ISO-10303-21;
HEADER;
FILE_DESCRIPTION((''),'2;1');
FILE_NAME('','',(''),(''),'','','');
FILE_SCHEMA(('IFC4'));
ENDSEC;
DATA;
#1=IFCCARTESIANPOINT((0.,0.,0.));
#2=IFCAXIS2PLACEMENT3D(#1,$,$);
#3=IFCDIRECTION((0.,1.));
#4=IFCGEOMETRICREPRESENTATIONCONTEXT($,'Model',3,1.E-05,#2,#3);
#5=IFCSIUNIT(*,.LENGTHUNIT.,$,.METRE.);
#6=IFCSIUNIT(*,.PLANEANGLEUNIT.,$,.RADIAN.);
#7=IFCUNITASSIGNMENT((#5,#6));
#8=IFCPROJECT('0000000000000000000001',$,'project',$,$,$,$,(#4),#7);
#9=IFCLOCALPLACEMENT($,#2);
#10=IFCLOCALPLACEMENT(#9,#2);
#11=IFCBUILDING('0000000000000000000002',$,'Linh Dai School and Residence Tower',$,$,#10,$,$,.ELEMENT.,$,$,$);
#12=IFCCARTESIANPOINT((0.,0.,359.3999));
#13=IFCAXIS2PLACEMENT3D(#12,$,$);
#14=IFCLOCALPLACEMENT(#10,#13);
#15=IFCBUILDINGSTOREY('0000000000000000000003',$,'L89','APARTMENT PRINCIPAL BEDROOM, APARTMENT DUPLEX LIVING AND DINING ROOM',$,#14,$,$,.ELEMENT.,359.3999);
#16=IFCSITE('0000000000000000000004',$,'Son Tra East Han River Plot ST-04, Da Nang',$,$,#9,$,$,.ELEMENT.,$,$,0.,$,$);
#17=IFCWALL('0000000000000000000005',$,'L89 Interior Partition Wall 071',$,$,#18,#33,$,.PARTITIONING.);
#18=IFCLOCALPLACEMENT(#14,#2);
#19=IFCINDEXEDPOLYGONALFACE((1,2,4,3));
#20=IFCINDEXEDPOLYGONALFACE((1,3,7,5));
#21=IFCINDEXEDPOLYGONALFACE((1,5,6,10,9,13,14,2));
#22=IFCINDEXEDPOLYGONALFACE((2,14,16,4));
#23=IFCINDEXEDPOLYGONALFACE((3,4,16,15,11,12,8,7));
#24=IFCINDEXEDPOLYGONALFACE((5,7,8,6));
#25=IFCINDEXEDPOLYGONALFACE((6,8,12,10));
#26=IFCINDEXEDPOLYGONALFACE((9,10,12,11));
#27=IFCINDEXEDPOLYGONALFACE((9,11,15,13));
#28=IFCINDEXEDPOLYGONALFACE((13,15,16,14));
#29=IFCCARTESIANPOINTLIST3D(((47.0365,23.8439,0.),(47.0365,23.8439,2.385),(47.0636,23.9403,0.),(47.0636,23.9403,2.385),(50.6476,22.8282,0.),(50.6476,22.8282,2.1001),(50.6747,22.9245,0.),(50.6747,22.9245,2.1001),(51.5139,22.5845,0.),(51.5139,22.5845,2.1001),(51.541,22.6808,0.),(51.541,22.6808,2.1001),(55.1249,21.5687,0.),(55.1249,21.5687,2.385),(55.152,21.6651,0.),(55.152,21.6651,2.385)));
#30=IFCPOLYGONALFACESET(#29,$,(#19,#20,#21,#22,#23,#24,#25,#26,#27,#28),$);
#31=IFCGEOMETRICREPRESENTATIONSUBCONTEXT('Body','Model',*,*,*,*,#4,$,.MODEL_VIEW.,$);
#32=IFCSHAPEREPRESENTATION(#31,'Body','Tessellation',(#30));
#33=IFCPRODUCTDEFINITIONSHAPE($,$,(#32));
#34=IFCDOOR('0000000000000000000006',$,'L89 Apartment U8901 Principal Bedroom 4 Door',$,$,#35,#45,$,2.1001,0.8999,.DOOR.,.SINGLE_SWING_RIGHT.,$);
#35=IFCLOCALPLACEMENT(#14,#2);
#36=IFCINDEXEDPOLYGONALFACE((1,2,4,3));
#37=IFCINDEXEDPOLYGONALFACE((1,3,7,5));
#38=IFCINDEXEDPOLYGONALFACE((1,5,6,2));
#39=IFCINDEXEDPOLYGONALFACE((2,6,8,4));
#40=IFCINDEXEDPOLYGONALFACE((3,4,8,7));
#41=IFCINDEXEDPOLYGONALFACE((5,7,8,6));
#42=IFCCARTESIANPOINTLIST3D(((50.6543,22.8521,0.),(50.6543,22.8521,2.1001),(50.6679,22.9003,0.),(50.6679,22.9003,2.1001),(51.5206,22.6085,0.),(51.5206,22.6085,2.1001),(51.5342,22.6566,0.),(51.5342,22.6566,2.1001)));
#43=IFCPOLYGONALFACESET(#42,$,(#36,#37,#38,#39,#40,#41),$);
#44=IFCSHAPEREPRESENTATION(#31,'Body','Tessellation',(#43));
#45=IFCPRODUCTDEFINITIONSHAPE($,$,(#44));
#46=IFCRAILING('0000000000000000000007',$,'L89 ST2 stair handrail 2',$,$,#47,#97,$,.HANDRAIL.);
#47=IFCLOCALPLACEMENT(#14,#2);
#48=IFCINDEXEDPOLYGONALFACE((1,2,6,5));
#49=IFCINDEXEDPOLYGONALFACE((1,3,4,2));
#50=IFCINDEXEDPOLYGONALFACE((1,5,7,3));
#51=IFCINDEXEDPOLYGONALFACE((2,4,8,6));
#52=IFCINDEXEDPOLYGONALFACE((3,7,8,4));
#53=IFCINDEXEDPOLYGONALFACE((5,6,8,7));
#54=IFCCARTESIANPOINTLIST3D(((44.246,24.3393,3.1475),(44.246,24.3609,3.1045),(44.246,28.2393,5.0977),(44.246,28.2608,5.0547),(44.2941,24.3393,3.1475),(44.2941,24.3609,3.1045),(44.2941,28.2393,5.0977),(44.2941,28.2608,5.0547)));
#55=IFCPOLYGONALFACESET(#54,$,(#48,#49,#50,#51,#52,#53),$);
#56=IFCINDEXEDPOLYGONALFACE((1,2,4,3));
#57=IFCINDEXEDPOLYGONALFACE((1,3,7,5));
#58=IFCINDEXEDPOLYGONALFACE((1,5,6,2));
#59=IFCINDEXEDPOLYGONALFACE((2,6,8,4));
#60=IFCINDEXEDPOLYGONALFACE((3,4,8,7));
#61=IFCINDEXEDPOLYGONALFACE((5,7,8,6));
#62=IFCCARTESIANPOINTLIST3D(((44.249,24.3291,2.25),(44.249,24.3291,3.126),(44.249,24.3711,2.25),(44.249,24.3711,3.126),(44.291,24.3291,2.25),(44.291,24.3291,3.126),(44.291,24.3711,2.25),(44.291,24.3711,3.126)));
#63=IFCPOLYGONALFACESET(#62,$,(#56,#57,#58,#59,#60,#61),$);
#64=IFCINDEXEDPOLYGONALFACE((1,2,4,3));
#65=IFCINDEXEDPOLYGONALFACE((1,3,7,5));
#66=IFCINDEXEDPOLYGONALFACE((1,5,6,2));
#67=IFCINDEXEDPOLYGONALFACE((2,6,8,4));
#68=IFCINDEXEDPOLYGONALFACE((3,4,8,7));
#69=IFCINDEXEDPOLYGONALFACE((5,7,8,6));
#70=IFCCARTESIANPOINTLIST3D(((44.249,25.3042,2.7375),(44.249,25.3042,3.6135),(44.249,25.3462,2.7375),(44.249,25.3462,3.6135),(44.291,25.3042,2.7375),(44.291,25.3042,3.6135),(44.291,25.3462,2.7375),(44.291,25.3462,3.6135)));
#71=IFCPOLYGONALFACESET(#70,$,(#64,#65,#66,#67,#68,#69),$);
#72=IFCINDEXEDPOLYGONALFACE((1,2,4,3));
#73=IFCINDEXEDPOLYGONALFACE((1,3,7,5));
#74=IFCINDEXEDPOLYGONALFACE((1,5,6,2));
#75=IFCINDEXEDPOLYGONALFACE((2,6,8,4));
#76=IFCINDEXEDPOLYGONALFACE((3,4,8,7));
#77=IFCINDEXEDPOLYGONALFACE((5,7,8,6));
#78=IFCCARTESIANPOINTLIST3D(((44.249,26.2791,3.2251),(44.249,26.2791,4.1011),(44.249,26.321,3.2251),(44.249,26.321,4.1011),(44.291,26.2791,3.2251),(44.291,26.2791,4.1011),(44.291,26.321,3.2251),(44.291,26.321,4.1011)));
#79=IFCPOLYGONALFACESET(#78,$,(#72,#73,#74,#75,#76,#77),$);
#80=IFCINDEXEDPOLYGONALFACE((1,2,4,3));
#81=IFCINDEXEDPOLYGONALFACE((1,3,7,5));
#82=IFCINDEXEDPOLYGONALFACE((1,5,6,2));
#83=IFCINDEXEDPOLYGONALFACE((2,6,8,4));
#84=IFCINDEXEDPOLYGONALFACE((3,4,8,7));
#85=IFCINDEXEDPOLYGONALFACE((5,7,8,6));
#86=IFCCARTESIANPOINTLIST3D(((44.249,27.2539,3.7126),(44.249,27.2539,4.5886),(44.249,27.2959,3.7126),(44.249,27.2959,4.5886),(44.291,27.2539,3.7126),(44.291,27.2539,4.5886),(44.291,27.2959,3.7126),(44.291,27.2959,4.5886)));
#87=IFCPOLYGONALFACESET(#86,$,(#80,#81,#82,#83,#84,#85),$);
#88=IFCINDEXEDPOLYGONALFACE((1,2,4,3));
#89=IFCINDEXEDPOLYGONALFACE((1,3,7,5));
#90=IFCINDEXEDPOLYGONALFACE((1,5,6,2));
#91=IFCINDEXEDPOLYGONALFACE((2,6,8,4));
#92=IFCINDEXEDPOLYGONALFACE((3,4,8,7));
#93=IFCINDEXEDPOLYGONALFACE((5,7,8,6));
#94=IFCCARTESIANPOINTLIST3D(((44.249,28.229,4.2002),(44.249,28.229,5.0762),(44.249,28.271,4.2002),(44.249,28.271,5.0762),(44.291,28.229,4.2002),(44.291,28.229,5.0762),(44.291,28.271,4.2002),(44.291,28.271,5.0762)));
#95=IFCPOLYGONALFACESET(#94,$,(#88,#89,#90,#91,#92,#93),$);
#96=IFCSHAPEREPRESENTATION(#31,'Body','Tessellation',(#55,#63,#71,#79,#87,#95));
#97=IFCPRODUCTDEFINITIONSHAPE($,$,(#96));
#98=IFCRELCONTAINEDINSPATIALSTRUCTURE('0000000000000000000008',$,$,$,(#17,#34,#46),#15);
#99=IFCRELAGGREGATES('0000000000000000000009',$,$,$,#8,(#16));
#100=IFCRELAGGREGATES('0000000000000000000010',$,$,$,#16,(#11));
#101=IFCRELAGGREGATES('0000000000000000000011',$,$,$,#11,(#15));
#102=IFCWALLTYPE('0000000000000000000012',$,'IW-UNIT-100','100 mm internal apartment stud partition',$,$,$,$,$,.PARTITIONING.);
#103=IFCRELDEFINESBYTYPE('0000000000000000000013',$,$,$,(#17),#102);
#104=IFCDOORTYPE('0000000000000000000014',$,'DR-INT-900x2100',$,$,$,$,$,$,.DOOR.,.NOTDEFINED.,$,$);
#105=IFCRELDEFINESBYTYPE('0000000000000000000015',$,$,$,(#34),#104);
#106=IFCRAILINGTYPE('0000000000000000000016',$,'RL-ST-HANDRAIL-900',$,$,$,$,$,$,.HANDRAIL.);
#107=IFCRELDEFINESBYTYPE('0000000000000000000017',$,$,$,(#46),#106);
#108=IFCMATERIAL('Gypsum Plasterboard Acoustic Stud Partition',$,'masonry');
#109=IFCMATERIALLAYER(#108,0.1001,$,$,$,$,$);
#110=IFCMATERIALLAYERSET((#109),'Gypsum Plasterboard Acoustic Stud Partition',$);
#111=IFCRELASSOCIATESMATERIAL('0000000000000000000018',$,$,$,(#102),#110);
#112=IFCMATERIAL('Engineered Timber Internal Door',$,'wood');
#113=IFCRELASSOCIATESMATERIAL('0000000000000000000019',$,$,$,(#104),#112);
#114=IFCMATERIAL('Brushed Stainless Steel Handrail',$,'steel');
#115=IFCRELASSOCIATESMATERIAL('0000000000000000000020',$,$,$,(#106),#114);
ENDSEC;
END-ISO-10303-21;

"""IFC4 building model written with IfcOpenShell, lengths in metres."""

from ifc_helpers import new_model, si_unit, direction, frame, frame_2d, origin, origin_2d, place, context, subcontext, project, spatial, rectangle, extrude, source, transform, mapped, material, layer, layer_set, type_object, element, fill, save


model = new_model("IFC4")

# Units and contexts
model_context = context("Model", 3, precision=1e-05, world=origin(), true_north=direction((0.0, 1.0)))
body_context = subcontext(model_context, "Body", "Model", "MODEL_VIEW")
ifc_project = project(units=[si_unit("LENGTHUNIT", "METRE"), si_unit("PLANEANGLEUNIT", "RADIAN")], contexts=[model_context])

# Site, building, storey
site_placement = place(None, origin())
site = spatial("IfcSite", under=ifc_project, at=site_placement, Name="Son Tra East Han River Plot ST-04, Da Nang", CompositionType="ELEMENT", RefElevation=0.0)
building_placement = place(site_placement, origin())
building = spatial("IfcBuilding", under=site, at=building_placement, Name="Linh Dai School and Residence Tower", CompositionType="ELEMENT")
storey_placement = place(building_placement, frame((0.0, 0.0, 359.3999)))
storey = spatial("IfcBuildingStorey", under=building, at=storey_placement, Name="L89", Description="APARTMENT PRINCIPAL BEDROOM, APARTMENT DUPLEX LIVING AND DINING ROOM", CompositionType="ELEMENT", Elevation=359.3999)

# Wall, opening, door
ifc_material_1 = material(Name="Gypsum Plasterboard Acoustic Stud Partition", Category="masonry")
ifc_layer_1 = layer(ifc_material_1, 0.1001)
ifc_layer_set_1 = layer_set([ifc_layer_1], Name="Gypsum Plasterboard Acoustic Stud Partition")
wall_type_1 = type_object("IfcWallType", Name="IW-UNIT-100", Description="100 mm internal apartment stud partition", PredefinedType="PARTITIONING", material=ifc_layer_set_1)
wall_1_placement = place(storey_placement, frame((47.05, 23.8921, 0.0), z_axis=(0.0, 0.0, 1.0), x_axis=(0.962642, -0.270778, 0.0)))
wall_1 = element("IfcWall", 1, at=wall_1_placement, inside=storey, type_object=wall_type_1, Name="L89 Interior Partition Wall 071", PredefinedType="PARTITIONING", context=body_context, shape_type="SweptSolid", body=[
    extrude(rectangle(XDim=8.4023, YDim=0.1001, at=frame_2d((4.2012, 0.0))), origin(), (0.0, 0.0, 1.0), 2.385),
])
opening_1_placement = place(wall_1_placement, frame((3.7512, 0.0, 0.0)))
opening_1 = element("IfcOpeningElement", 2, at=opening_1_placement, cuts=wall_1, PredefinedType="OPENING", context=body_context, shape_type="SweptSolid", body=[
    extrude(rectangle(XDim=0.8999, YDim=2.1001, at=origin_2d()), frame((0.45, 0.0601, 1.05), z_axis=(0.0, -1.0, 0.0), x_axis=(1.0, 0.0, 0.0)), (0.0, 0.0, 1.0), 0.1201),
])
ifc_material_2 = material(Name="Engineered Timber Internal Door", Category="wood")
door_type_1 = type_object("IfcDoorType", Name="DR-INT-900x2100", OperationType="NOTDEFINED", PredefinedType="DOOR", material=ifc_material_2)
shared_shape_1 = source(origin(), body_context, "Body", "SweptSolid", [
    extrude(rectangle(XDim=0.8999, YDim=2.1001, at=origin_2d()), frame((0.45, 0.0249, 1.05), z_axis=(0.0, -1.0, 0.0), x_axis=(1.0, 0.0, 0.0)), (0.0, 0.0, 1.0), 0.05),
])
door_1_placement = place(opening_1_placement, origin())
door_1 = element("IfcDoor", 3, at=door_1_placement, inside=storey, type_object=door_type_1, Name="L89 Apartment U8901 Principal Bedroom 4 Door", OperationType="SINGLE_SWING_RIGHT", OverallHeight=2.1001, OverallWidth=0.8999, PredefinedType="DOOR", context=body_context, shape_type="MappedRepresentation", body=[
    mapped(shared_shape_1, transform((0.0, 0.0, 0.0), x_axis=(1.0, 0.0, 0.0), y_axis=(0.0, 1.0, 0.0), z_axis=(0.0, 0.0, 1.0), scale=1.0)),
])
fill(opening_1, door_1)

# Railing
ifc_material_3 = material(Name="Brushed Stainless Steel Handrail", Category="steel")
railing_type = type_object("IfcRailingType", Name="RL-ST-HANDRAIL-900", PredefinedType="HANDRAIL", material=ifc_material_3)
shared_shape_2 = source(origin(), body_context, "Body", "SweptSolid", [
    extrude(rectangle(XDim=0.0481, YDim=0.0481, at=origin_2d()), frame((0.0, 0.0, 0.876), z_axis=(0.0, 0.894405, 0.447258), x_axis=(-1.0, 0.0, 0.0)), (0.0, 0.0, 1.0), 4.3604),
    extrude(rectangle(XDim=0.042, YDim=0.042, at=origin_2d()), origin(), (0.0, 0.0, 1.0), 0.876),
    extrude(rectangle(XDim=0.042, YDim=0.042, at=origin_2d()), frame((0.0, 0.9751, 0.4875)), (0.0, 0.0, 1.0), 0.876),
    extrude(rectangle(XDim=0.042, YDim=0.042, at=origin_2d()), frame((0.0, 1.95, 0.9751)), (0.0, 0.0, 1.0), 0.876),
    extrude(rectangle(XDim=0.042, YDim=0.042, at=origin_2d()), frame((0.0, 2.9248, 1.4626)), (0.0, 0.0, 1.0), 0.876),
    extrude(rectangle(XDim=0.042, YDim=0.042, at=origin_2d()), frame((0.0, 3.8999, 1.9502)), (0.0, 0.0, 1.0), 0.876),
])
railing_placement = place(storey_placement, frame((44.27, 24.3501, 2.25)))
element("IfcRailing", 4, at=railing_placement, inside=storey, type_object=railing_type, Name="L89 ST2 stair handrail 2", PredefinedType="HANDRAIL", context=body_context, shape_type="MappedRepresentation", body=[
    mapped(shared_shape_2, transform((0.0, 0.0, 0.0), x_axis=(1.0, 0.0, 0.0), y_axis=(0.0, 1.0, 0.0), z_axis=(0.0, 0.0, 1.0), scale=1.0)),
])

save(model, "model.ifc")
